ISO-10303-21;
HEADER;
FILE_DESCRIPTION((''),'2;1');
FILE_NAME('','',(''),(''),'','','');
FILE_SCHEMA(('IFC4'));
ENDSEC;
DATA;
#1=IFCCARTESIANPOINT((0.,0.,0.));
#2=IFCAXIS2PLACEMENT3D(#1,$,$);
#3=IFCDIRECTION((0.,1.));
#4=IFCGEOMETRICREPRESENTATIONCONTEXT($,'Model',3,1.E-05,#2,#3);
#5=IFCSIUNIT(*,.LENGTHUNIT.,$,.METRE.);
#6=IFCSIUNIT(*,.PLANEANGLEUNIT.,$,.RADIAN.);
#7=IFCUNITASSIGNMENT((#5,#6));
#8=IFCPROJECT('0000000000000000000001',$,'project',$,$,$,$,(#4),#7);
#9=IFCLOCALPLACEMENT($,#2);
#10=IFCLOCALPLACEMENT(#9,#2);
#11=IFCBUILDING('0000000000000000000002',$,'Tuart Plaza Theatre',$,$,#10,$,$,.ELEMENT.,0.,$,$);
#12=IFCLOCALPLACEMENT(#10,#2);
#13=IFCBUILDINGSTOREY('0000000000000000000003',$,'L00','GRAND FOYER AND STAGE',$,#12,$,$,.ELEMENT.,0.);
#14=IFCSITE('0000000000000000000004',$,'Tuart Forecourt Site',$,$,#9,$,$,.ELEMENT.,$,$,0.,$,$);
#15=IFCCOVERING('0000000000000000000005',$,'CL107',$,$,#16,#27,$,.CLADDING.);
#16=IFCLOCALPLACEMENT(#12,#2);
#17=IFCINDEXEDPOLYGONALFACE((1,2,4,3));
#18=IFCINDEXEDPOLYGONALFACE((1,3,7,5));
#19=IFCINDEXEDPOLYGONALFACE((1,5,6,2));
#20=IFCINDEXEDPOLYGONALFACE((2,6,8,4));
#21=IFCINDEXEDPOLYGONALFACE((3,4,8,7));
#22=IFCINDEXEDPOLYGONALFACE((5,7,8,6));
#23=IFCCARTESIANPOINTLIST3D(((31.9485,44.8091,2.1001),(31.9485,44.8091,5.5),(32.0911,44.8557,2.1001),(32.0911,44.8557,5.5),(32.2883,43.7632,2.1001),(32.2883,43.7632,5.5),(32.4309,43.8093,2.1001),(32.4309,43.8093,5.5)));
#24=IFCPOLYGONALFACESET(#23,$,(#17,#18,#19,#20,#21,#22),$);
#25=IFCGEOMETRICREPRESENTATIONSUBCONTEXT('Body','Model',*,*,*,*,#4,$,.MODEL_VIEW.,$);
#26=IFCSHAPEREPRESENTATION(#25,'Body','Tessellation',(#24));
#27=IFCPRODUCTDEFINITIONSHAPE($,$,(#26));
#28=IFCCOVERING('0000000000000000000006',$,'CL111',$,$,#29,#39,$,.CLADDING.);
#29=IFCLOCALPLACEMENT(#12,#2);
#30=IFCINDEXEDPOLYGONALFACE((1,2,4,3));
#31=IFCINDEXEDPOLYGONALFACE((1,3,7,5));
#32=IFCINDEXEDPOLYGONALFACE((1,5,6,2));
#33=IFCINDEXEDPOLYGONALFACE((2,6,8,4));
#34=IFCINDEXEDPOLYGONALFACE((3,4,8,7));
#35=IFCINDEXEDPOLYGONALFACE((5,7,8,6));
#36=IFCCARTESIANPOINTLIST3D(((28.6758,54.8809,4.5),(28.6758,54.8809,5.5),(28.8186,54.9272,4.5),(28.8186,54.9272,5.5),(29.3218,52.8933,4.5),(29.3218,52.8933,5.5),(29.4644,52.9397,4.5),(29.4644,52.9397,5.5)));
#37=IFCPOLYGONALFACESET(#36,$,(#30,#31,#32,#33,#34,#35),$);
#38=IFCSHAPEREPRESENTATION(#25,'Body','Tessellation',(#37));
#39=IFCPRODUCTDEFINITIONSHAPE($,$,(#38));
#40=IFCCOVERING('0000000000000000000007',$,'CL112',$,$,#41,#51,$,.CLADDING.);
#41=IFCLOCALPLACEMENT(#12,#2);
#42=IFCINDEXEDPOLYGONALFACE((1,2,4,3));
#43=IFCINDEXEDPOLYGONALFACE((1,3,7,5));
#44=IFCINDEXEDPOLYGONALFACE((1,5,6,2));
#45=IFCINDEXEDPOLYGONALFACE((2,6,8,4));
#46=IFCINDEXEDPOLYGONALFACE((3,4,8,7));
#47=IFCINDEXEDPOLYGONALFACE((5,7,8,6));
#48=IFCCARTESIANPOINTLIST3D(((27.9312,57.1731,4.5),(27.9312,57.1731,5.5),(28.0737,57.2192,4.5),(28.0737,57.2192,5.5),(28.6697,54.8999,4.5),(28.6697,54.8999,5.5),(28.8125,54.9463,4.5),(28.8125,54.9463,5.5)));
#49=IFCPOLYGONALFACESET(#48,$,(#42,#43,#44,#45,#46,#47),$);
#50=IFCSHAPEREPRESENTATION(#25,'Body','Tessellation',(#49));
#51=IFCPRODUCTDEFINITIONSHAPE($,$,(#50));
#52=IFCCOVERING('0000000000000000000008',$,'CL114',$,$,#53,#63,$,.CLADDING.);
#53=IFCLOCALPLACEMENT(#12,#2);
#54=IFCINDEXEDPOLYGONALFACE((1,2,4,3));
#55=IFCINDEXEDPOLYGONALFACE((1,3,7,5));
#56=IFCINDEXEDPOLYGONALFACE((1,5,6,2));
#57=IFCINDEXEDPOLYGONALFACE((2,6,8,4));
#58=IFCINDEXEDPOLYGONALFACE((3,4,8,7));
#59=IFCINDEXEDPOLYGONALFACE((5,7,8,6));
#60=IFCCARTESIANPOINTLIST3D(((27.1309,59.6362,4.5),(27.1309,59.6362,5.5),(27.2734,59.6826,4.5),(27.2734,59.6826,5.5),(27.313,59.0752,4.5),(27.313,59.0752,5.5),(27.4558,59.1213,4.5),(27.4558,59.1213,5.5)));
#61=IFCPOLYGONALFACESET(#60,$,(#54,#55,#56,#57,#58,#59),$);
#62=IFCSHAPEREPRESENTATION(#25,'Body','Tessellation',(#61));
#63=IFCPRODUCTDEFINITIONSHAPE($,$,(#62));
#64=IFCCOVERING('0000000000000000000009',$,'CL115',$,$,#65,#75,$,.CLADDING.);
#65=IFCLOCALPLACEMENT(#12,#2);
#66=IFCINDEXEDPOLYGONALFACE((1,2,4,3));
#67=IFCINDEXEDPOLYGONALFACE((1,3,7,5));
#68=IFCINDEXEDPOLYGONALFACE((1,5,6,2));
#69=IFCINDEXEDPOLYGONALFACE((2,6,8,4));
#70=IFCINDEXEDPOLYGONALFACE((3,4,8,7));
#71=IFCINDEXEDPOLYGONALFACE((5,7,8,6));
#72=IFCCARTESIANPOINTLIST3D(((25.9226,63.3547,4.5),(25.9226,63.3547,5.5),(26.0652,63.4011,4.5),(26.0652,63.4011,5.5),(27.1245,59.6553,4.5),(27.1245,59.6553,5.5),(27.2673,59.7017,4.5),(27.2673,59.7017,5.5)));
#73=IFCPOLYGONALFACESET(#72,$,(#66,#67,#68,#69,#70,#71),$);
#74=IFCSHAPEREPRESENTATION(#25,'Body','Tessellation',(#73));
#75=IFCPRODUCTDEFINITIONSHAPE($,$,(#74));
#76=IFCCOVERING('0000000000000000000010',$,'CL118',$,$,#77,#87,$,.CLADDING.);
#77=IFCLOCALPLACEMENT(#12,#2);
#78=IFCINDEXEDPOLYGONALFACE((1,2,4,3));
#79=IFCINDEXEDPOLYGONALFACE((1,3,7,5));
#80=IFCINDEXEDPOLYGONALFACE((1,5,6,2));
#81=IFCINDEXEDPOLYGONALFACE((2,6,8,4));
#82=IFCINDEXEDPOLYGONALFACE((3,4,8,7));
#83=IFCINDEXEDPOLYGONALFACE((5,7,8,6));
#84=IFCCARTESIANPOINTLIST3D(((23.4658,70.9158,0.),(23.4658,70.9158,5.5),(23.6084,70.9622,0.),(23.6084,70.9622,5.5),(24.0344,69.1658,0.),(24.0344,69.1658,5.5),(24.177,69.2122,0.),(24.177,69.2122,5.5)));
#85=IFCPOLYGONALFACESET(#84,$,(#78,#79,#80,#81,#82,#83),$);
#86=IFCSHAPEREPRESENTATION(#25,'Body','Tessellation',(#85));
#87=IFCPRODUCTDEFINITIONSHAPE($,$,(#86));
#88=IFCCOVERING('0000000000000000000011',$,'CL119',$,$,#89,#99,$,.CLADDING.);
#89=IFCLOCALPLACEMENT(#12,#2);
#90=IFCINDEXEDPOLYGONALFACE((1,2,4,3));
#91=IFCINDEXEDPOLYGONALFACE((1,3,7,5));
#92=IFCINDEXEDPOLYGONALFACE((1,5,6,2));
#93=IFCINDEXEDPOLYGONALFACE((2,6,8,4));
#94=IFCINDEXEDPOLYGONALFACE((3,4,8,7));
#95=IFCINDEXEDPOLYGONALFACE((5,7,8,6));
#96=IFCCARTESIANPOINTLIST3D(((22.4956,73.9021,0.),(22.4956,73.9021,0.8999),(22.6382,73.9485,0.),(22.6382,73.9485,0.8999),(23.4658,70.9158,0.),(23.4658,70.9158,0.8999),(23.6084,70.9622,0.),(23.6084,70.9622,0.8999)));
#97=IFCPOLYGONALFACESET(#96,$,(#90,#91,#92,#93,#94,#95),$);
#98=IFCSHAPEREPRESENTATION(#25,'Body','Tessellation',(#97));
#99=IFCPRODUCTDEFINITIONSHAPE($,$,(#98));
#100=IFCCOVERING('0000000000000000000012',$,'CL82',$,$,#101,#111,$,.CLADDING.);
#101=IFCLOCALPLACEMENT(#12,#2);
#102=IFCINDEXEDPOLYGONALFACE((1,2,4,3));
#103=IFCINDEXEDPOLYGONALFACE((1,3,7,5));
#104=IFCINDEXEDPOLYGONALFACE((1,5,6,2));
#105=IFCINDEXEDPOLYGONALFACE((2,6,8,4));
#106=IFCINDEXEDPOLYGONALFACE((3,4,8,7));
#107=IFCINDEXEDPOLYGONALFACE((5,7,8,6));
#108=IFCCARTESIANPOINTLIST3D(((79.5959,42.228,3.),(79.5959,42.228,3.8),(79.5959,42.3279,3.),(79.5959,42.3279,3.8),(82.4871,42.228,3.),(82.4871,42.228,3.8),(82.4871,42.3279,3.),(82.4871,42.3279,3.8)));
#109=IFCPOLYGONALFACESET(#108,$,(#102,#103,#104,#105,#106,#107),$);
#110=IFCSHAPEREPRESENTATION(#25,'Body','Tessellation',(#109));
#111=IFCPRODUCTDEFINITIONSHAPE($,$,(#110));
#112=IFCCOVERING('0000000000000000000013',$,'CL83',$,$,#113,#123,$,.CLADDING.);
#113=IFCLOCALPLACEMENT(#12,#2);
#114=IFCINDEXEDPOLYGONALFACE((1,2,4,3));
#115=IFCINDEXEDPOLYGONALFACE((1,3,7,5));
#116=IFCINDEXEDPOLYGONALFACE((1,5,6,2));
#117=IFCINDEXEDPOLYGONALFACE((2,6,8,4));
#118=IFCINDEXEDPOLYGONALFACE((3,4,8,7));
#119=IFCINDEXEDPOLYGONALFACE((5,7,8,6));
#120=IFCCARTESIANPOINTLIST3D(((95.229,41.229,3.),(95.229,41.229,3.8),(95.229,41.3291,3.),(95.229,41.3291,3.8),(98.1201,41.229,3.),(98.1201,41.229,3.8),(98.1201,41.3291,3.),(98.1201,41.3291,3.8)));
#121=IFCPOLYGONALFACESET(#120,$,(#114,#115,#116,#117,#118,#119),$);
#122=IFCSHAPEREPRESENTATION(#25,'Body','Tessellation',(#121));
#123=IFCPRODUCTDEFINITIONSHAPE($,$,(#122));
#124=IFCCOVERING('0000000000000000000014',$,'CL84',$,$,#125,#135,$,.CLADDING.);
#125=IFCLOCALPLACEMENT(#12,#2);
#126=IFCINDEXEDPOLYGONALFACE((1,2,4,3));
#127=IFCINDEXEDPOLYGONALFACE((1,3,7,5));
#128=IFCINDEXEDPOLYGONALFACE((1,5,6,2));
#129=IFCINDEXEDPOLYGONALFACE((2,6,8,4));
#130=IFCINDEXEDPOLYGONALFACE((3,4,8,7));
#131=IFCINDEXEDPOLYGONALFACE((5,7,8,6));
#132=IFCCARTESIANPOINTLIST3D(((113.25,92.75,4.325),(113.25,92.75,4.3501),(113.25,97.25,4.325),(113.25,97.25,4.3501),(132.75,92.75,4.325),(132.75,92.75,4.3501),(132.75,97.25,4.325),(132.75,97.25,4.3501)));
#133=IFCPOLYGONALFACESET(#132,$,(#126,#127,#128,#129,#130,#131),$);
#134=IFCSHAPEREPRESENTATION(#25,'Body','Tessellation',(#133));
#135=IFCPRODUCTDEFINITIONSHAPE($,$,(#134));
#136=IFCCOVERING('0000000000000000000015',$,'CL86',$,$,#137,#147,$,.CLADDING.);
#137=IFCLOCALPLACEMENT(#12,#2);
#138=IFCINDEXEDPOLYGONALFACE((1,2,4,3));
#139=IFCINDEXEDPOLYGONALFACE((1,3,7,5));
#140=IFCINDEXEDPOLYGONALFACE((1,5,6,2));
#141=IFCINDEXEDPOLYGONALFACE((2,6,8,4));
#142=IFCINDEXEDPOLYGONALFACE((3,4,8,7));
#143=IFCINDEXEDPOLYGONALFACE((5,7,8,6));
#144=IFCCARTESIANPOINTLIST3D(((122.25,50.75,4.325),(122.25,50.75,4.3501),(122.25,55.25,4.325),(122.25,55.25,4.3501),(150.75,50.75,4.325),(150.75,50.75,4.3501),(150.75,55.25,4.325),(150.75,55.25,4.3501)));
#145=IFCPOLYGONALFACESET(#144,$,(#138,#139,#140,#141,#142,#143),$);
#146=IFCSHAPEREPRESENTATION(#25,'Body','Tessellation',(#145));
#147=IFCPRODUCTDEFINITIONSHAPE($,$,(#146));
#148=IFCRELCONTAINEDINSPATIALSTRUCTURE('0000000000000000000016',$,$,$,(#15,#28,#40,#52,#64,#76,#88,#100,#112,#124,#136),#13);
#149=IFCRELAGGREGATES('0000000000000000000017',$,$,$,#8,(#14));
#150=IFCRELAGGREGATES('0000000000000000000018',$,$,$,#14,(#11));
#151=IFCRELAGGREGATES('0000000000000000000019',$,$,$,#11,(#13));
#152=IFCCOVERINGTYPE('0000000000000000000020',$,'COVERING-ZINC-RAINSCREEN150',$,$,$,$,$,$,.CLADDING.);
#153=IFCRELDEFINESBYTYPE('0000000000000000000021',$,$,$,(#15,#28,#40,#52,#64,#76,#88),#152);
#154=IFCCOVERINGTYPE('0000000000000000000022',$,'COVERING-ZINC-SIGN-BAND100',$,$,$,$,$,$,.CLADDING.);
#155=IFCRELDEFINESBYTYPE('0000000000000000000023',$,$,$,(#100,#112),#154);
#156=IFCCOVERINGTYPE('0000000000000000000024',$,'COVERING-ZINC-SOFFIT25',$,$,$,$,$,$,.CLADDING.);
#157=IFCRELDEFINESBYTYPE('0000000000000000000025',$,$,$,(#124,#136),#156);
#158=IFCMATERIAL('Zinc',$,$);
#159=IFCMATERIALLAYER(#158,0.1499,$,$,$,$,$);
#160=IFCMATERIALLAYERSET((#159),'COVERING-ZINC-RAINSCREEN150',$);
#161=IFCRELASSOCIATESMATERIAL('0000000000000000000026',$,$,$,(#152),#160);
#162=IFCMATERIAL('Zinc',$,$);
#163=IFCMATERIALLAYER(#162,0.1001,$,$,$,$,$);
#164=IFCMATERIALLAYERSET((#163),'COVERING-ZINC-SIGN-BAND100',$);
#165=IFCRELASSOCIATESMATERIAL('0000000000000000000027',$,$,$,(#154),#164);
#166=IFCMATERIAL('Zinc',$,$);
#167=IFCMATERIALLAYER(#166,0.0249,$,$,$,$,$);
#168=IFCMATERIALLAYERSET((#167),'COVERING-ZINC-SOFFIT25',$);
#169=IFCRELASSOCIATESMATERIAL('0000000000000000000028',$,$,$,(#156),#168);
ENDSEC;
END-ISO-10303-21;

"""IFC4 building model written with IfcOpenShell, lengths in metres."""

from ifc_helpers import new_model, si_unit, direction, frame, origin, place, context, subcontext, project, spatial, polyline, outline, extrude, material, layer, layer_set, type_object, element, save


model = new_model("IFC4")

# Units and contexts
model_context = context("Model", 3, precision=1e-05, world=origin(), true_north=direction((0.0, 1.0)))
body_context = subcontext(model_context, "Body", "Model", "MODEL_VIEW")
ifc_project = project(units=[si_unit("LENGTHUNIT", "METRE"), si_unit("PLANEANGLEUNIT", "RADIAN")], contexts=[model_context])

# Site, building, storey
site_placement = place(None, origin())
site = spatial("IfcSite", under=ifc_project, at=site_placement, Name="Tuart Forecourt Site", CompositionType="ELEMENT", RefElevation=0.0)
building_placement = place(site_placement, origin())
building = spatial("IfcBuilding", under=site, at=building_placement, Name="Tuart Plaza Theatre", CompositionType="ELEMENT", ElevationOfRefHeight=0.0)
storey_placement = place(building_placement, origin())
storey = spatial("IfcBuildingStorey", under=building, at=storey_placement, Name="L00", Description="GRAND FOYER AND STAGE", CompositionType="ELEMENT", Elevation=0.0)

# Coverings
ifc_material_1 = material(Name="Zinc")
ifc_layer_1 = layer(ifc_material_1, 0.1499)
ifc_layer_set_1 = layer_set([ifc_layer_1], Name="COVERING-ZINC-RAINSCREEN150")
covering_type_1 = type_object("IfcCoveringType", Name="COVERING-ZINC-RAINSCREEN150", PredefinedType="CLADDING", material=ifc_layer_set_1)
covering_1_placement = place(storey_placement, frame((0.0, 0.0, 2.1001)))
element("IfcCovering", 1, at=covering_1_placement, inside=storey, type_object=covering_type_1, Name="CL107", PredefinedType="CLADDING", context=body_context, shape_type="SweptSolid", body=[
    extrude(outline(polyline([(32.2883, 43.7632), (31.9485, 44.8091), (32.0911, 44.8557), (32.4309, 43.8093), (32.2883, 43.7632)])), origin(), (0.0, 0.0, 1.0), 3.3999),
])
covering_2_placement = place(storey_placement, frame((0.0, 0.0, 4.5)))
element("IfcCovering", 2, at=covering_2_placement, inside=storey, type_object=covering_type_1, Name="CL111", PredefinedType="CLADDING", context=body_context, shape_type="SweptSolid", body=[
    extrude(outline(polyline([(29.3218, 52.8933), (28.6758, 54.8809), (28.8186, 54.9272), (29.4644, 52.9397), (29.3218, 52.8933)])), origin(), (0.0, 0.0, 1.0), 1.0),
])
covering_3_placement = place(storey_placement, frame((0.0, 0.0, 4.5)))
element("IfcCovering", 3, at=covering_3_placement, inside=storey, type_object=covering_type_1, Name="CL112", PredefinedType="CLADDING", context=body_context, shape_type="SweptSolid", body=[
    extrude(outline(polyline([(28.6697, 54.8999), (27.9312, 57.1731), (28.0737, 57.2192), (28.8125, 54.9463), (28.6697, 54.8999)])), origin(), (0.0, 0.0, 1.0), 1.0),
])
covering_4_placement = place(storey_placement, frame((0.0, 0.0, 4.5)))
element("IfcCovering", 4, at=covering_4_placement, inside=storey, type_object=covering_type_1, Name="CL114", PredefinedType="CLADDING", context=body_context, shape_type="SweptSolid", body=[
    extrude(outline(polyline([(27.313, 59.0752), (27.1309, 59.6362), (27.2734, 59.6826), (27.4558, 59.1213), (27.313, 59.0752)])), origin(), (0.0, 0.0, 1.0), 1.0),
])
covering_5_placement = place(storey_placement, frame((0.0, 0.0, 4.5)))
element("IfcCovering", 5, at=covering_5_placement, inside=storey, type_object=covering_type_1, Name="CL115", PredefinedType="CLADDING", context=body_context, shape_type="SweptSolid", body=[
    extrude(outline(polyline([(27.1245, 59.6553), (25.9226, 63.3547), (26.0652, 63.4011), (27.2673, 59.7017), (27.1245, 59.6553)])), origin(), (0.0, 0.0, 1.0), 1.0),
])
covering_6_placement = place(storey_placement, origin())
element("IfcCovering", 6, at=covering_6_placement, inside=storey, type_object=covering_type_1, Name="CL118", PredefinedType="CLADDING", context=body_context, shape_type="SweptSolid", body=[
    extrude(outline(polyline([(24.0344, 69.1658), (23.4658, 70.9158), (23.6084, 70.9622), (24.177, 69.2122), (24.0344, 69.1658)])), origin(), (0.0, 0.0, 1.0), 5.5),
])
covering_7_placement = place(storey_placement, origin())
element("IfcCovering", 7, at=covering_7_placement, inside=storey, type_object=covering_type_1, Name="CL119", PredefinedType="CLADDING", context=body_context, shape_type="SweptSolid", body=[
    extrude(outline(polyline([(23.4658, 70.9158), (22.4956, 73.9021), (22.6382, 73.9485), (23.6084, 70.9622), (23.4658, 70.9158)])), origin(), (0.0, 0.0, 1.0), 0.8999),
])
ifc_material_2 = material(Name="Zinc")
ifc_layer_2 = layer(ifc_material_2, 0.1001)
ifc_layer_set_2 = layer_set([ifc_layer_2], Name="COVERING-ZINC-SIGN-BAND100")
covering_type_2 = type_object("IfcCoveringType", Name="COVERING-ZINC-SIGN-BAND100", PredefinedType="CLADDING", material=ifc_layer_set_2)
covering_8_placement = place(storey_placement, frame((0.0, 0.0, 3.0)))
element("IfcCovering", 8, at=covering_8_placement, inside=storey, type_object=covering_type_2, Name="CL82", PredefinedType="CLADDING", context=body_context, shape_type="SweptSolid", body=[
    extrude(outline(polyline([(79.5959, 42.3279), (82.4871, 42.3279), (82.4871, 42.228), (79.5959, 42.228), (79.5959, 42.3279)])), origin(), (0.0, 0.0, 1.0), 0.8),
])
covering_9_placement = place(storey_placement, frame((0.0, 0.0, 3.0)))
element("IfcCovering", 9, at=covering_9_placement, inside=storey, type_object=covering_type_2, Name="CL83", PredefinedType="CLADDING", context=body_context, shape_type="SweptSolid", body=[
    extrude(outline(polyline([(95.229, 41.3291), (98.1201, 41.3291), (98.1201, 41.229), (95.229, 41.229), (95.229, 41.3291)])), origin(), (0.0, 0.0, 1.0), 0.8),
])
ifc_material_3 = material(Name="Zinc")
ifc_layer_3 = layer(ifc_material_3, 0.0249)
ifc_layer_set_3 = layer_set([ifc_layer_3], Name="COVERING-ZINC-SOFFIT25")
covering_type_3 = type_object("IfcCoveringType", Name="COVERING-ZINC-SOFFIT25", PredefinedType="CLADDING", material=ifc_layer_set_3)
covering_10_placement = place(storey_placement, frame((0.0, 0.0, 4.325)))
element("IfcCovering", 10, at=covering_10_placement, inside=storey, type_object=covering_type_3, Name="CL84", PredefinedType="CLADDING", context=body_context, shape_type="SweptSolid", body=[
    extrude(outline(polyline([(132.75, 97.25), (132.75, 92.75), (113.25, 92.75), (113.25, 97.25), (132.75, 97.25)])), origin(), (0.0, 0.0, 1.0), 0.0251),
])
covering_11_placement = place(storey_placement, frame((0.0, 0.0, 4.325)))
element("IfcCovering", 11, at=covering_11_placement, inside=storey, type_object=covering_type_3, Name="CL86", PredefinedType="CLADDING", context=body_context, shape_type="SweptSolid", body=[
    extrude(outline(polyline([(150.75, 50.75), (122.25, 50.75), (122.25, 55.25), (150.75, 55.25), (150.75, 50.75)])), origin(), (0.0, 0.0, 1.0), 0.0251),
])

save(model, "model.ifc")
